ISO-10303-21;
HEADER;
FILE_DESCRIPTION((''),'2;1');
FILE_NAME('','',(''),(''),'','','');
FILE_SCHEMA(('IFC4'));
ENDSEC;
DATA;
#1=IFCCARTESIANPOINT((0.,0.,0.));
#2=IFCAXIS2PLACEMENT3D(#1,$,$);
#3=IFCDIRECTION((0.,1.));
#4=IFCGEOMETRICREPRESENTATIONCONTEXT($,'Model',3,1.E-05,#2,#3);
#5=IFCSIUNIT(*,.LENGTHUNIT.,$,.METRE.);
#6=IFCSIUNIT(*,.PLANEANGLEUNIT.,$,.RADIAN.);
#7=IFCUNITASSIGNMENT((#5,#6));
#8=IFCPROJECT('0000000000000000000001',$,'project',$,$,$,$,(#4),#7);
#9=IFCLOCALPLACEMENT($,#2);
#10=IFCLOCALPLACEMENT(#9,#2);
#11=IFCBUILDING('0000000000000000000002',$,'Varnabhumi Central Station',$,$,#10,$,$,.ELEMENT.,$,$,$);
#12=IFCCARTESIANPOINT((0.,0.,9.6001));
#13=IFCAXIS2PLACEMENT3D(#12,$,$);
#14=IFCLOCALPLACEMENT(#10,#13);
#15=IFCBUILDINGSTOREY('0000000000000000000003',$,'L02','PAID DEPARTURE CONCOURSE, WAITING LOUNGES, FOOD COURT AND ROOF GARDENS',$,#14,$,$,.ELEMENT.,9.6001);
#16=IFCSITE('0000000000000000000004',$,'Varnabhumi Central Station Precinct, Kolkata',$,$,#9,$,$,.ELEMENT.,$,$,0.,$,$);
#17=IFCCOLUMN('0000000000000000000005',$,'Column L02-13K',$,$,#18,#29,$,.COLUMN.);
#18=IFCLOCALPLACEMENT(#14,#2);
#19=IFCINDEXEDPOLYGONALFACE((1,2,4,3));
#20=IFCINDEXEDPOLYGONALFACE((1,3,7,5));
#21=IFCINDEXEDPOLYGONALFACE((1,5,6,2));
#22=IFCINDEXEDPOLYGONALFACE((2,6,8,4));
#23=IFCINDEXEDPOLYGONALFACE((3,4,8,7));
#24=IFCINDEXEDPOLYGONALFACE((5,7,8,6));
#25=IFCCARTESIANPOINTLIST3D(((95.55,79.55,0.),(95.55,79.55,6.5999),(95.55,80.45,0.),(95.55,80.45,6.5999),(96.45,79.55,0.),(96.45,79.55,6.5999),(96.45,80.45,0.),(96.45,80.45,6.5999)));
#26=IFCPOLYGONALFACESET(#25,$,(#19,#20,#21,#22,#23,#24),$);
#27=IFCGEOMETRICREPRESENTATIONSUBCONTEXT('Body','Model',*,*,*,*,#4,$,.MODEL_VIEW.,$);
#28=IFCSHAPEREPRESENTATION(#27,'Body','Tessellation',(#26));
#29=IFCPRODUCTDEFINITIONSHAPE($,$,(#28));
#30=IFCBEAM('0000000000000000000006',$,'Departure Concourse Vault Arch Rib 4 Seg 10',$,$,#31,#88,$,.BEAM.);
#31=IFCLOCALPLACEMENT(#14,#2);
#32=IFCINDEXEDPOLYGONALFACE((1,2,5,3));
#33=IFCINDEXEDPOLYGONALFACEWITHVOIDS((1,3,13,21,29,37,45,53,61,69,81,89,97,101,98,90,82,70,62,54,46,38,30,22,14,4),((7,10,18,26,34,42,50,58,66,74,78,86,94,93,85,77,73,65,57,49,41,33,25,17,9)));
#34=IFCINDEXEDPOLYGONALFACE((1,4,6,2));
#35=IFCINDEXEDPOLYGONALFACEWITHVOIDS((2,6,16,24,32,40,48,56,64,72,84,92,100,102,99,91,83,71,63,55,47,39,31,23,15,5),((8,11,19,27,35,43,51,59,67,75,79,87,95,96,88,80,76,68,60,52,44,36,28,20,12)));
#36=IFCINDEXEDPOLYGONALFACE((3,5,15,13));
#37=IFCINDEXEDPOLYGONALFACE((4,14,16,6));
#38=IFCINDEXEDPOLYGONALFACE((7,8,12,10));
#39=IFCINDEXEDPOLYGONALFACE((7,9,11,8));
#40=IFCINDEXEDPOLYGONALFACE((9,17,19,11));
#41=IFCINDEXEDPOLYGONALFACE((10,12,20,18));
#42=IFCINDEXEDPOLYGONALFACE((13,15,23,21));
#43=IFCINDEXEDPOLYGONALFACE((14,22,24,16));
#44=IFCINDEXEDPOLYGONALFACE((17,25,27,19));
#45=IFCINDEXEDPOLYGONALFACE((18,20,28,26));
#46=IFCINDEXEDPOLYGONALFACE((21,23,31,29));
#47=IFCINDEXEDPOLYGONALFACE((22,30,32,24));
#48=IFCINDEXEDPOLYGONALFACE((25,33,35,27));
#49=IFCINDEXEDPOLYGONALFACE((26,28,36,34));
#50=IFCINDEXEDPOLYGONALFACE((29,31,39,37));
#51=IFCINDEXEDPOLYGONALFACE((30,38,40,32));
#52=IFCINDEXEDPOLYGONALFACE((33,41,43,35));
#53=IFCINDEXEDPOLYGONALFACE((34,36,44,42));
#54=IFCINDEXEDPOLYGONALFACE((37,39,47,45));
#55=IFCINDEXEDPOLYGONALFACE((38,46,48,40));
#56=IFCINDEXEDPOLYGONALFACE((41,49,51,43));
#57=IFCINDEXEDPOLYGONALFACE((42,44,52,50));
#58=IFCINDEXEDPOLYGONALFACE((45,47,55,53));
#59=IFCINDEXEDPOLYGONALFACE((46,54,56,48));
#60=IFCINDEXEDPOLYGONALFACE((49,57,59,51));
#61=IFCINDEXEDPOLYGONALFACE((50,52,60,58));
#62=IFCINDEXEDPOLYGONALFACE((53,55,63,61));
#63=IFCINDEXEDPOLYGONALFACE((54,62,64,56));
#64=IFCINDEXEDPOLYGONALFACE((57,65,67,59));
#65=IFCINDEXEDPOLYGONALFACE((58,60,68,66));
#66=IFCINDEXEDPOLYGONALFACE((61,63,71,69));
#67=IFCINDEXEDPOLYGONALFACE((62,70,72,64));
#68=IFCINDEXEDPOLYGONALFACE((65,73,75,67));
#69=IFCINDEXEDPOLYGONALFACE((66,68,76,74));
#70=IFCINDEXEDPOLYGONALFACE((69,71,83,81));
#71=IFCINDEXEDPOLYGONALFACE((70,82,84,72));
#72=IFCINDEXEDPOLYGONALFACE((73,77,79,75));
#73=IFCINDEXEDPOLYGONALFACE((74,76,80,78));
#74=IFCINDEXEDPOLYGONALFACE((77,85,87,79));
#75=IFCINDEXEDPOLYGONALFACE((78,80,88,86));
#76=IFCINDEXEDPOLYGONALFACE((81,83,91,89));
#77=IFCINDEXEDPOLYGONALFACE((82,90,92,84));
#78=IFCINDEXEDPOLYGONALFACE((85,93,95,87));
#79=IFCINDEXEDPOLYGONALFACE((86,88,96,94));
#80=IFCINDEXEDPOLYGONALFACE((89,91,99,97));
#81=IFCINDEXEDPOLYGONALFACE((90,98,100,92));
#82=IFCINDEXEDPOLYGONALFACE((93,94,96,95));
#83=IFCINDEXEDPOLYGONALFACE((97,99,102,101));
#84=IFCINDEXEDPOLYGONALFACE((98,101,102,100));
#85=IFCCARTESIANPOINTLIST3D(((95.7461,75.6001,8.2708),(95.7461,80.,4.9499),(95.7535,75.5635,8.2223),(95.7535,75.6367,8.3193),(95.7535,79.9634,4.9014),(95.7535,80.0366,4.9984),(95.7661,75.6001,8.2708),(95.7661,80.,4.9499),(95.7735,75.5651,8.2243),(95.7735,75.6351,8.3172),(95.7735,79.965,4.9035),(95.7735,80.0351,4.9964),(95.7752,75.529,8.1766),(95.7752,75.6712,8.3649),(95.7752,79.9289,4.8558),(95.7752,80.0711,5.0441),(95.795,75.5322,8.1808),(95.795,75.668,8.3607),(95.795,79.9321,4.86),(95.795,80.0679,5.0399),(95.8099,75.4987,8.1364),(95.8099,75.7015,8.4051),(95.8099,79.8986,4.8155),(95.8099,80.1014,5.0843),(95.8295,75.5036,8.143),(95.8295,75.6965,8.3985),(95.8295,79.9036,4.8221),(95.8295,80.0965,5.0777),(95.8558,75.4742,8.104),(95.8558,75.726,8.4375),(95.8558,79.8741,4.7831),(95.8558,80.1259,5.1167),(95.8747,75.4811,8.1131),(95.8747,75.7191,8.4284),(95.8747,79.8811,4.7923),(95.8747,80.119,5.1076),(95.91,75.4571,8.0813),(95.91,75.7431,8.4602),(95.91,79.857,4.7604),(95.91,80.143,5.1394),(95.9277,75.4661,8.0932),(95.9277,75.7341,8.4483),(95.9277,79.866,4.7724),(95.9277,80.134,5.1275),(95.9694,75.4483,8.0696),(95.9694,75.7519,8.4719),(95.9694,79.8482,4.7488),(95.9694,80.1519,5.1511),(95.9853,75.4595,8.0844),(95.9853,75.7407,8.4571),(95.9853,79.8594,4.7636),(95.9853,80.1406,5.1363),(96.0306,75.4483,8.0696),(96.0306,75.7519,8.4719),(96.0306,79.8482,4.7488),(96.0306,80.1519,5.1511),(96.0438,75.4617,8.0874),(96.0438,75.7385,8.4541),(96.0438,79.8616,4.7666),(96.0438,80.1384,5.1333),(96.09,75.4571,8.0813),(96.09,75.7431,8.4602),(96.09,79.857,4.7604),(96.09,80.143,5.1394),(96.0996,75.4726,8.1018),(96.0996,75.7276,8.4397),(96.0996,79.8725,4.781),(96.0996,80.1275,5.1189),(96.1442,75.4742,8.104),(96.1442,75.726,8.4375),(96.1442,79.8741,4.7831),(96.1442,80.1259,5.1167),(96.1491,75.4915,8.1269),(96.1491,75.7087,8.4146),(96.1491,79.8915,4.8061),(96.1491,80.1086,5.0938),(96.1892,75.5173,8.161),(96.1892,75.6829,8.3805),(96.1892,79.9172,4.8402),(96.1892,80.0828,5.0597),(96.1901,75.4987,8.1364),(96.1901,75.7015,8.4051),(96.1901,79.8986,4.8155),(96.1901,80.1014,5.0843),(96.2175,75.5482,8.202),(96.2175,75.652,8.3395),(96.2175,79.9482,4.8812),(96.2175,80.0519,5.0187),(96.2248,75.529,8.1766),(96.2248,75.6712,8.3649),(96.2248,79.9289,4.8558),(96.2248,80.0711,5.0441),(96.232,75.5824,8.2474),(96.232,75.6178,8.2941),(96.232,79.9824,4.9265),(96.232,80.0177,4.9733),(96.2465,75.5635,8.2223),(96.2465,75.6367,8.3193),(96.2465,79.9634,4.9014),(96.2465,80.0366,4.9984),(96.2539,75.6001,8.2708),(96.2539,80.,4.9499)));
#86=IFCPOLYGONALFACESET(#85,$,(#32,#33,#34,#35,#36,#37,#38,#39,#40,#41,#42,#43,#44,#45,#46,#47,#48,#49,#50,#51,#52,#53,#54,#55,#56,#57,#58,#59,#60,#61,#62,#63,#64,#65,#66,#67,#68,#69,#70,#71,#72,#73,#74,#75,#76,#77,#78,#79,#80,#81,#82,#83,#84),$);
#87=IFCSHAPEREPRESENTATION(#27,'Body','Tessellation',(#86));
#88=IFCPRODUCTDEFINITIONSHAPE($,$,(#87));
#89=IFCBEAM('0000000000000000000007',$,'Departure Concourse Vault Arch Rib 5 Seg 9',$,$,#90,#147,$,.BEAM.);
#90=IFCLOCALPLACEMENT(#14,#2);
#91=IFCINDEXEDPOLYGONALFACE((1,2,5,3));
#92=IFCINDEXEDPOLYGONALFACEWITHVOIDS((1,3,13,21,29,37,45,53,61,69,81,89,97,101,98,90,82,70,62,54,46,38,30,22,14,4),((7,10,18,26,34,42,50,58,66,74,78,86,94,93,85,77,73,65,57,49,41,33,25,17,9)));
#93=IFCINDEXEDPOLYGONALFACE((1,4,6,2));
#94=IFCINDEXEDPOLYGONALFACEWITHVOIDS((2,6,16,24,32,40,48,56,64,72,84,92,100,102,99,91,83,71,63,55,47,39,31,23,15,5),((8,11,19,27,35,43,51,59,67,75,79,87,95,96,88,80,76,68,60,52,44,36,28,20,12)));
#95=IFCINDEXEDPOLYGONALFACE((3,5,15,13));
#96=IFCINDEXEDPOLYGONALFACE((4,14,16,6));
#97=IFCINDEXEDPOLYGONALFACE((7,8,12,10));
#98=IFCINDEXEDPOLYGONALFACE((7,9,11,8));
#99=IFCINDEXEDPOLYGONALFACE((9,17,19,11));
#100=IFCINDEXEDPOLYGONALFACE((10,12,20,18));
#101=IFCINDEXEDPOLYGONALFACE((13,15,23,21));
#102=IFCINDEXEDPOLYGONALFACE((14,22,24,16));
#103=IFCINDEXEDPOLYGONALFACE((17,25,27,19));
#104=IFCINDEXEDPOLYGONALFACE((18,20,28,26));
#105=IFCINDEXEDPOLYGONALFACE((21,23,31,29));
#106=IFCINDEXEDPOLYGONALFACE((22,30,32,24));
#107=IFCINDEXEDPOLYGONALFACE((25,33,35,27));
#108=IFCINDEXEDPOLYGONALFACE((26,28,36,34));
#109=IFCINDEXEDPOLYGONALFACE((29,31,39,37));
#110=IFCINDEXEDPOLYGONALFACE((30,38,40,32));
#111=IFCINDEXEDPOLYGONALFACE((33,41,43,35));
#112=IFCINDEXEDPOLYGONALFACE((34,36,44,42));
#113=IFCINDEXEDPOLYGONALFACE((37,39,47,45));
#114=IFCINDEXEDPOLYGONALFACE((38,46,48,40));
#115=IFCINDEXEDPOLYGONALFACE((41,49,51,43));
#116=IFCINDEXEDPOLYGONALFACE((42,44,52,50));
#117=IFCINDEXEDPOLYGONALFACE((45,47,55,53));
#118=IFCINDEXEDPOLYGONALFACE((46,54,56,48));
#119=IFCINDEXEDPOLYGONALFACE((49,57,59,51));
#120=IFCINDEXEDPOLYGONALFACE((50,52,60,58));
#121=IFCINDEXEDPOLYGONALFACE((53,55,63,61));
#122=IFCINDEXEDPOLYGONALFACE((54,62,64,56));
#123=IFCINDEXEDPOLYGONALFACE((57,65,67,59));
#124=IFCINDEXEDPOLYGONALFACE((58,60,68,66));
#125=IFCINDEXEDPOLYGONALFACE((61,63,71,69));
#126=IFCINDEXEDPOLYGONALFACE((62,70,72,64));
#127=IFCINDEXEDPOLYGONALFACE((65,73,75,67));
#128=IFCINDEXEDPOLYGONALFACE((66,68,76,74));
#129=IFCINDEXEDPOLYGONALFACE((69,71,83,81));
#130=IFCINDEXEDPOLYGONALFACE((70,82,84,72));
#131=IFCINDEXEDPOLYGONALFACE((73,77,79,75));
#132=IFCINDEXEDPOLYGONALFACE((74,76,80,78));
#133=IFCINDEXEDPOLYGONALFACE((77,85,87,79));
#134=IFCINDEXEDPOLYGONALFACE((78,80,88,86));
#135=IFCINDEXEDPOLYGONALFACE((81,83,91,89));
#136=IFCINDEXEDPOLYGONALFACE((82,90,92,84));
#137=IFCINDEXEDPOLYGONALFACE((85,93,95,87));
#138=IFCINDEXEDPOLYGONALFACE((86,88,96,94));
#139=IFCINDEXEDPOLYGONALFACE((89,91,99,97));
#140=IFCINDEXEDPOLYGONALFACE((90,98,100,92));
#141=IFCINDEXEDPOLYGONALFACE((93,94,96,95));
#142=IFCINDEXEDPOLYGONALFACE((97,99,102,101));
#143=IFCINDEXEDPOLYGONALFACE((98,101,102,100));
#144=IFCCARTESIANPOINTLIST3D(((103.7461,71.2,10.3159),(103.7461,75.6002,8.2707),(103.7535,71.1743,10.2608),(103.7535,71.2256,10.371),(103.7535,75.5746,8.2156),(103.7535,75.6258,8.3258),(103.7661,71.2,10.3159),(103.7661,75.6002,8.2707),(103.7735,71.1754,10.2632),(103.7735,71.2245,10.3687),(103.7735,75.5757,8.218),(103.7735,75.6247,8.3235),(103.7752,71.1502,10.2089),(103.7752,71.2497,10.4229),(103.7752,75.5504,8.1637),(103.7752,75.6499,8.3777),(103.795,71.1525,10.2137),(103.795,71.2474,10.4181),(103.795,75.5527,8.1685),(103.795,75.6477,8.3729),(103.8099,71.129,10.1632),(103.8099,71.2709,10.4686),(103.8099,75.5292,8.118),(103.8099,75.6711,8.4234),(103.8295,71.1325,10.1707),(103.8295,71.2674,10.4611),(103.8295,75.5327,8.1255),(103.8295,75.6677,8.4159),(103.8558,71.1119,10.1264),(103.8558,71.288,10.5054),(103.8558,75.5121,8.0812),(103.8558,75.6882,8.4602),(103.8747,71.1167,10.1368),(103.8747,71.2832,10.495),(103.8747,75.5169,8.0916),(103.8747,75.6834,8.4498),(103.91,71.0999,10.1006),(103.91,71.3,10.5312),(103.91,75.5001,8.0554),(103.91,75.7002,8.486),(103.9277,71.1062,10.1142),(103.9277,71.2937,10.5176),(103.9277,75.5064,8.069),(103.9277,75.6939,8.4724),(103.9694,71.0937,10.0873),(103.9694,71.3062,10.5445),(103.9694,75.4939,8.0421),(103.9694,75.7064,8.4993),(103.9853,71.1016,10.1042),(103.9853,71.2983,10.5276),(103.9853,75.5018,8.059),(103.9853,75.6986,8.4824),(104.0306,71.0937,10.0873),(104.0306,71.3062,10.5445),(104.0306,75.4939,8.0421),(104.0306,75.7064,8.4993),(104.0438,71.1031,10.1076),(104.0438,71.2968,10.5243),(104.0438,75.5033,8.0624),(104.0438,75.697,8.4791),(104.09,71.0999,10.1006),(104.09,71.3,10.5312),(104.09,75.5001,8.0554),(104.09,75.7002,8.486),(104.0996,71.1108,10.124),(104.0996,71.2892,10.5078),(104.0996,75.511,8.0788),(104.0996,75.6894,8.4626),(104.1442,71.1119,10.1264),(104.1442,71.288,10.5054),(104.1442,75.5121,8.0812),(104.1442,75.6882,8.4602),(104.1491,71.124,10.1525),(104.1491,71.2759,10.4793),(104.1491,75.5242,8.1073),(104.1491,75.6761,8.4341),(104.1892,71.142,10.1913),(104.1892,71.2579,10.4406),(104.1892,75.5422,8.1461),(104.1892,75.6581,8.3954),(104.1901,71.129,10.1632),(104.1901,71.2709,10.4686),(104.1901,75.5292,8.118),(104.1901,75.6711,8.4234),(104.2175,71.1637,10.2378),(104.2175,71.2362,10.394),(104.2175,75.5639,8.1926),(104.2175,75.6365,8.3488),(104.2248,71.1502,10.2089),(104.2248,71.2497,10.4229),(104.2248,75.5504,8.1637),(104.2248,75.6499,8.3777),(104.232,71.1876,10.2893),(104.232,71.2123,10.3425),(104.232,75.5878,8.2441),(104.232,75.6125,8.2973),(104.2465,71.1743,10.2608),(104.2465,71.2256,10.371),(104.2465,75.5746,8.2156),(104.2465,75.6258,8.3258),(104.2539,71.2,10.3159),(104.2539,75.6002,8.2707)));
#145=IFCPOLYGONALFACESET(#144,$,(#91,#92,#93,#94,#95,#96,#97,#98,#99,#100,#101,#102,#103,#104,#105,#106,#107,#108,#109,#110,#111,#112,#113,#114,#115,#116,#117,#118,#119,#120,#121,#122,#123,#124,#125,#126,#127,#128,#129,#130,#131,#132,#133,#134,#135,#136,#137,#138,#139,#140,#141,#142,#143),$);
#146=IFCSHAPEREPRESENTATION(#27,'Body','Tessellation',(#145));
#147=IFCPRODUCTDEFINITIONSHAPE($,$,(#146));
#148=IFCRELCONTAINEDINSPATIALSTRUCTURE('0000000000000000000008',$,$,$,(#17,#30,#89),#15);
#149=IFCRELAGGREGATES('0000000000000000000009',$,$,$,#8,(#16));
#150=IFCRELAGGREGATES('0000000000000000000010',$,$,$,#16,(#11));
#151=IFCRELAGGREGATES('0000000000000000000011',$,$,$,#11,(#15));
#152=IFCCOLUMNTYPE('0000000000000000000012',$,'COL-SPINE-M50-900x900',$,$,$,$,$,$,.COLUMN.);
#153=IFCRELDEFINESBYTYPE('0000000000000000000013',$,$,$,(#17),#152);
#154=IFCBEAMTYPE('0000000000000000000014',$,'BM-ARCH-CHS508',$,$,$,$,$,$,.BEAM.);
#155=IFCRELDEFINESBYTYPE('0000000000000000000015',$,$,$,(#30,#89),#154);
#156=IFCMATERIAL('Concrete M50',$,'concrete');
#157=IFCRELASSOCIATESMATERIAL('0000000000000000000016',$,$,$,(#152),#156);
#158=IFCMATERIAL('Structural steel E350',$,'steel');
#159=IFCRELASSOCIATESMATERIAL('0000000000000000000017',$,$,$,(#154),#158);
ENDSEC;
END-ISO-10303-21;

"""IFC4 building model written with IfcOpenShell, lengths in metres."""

from ifc_helpers import new_model, si_unit, direction, frame, origin, origin_2d, place, context, subcontext, project, spatial, rectangle, hollow_circle, extrude, material, material_profile, profile_set, type_object, element, save


model = new_model("IFC4")

# Units and contexts
model_context = context("Model", 3, precision=1e-05, world=origin(), true_north=direction((0.0, 1.0)))
body_context = subcontext(model_context, "Body", "Model", "MODEL_VIEW")
ifc_project = project(units=[si_unit("LENGTHUNIT", "METRE"), si_unit("PLANEANGLEUNIT", "RADIAN")], contexts=[model_context])

# Site, building, storey
site_placement = place(None, origin())
site = spatial("IfcSite", under=ifc_project, at=site_placement, Name="Varnabhumi Central Station Precinct, Kolkata", CompositionType="ELEMENT", RefElevation=0.0)
building_placement = place(site_placement, origin())
building = spatial("IfcBuilding", under=site, at=building_placement, Name="Varnabhumi Central Station", CompositionType="ELEMENT")
storey_placement = place(building_placement, frame((0.0, 0.0, 9.6001)))
storey = spatial("IfcBuildingStorey", under=building, at=storey_placement, Name="L02", Description="PAID DEPARTURE CONCOURSE, WAITING LOUNGES, FOOD COURT AND ROOF GARDENS", CompositionType="ELEMENT", Elevation=9.6001)

# Column
ifc_material_1 = material(Name="Concrete M50", Category="concrete")
ifc_material_profile_1 = material_profile(ifc_material_1, rectangle(XDim=0.8999, YDim=0.8999, at=origin_2d()), Name="Concrete M50", Category="concrete")
ifc_profile_set_1 = profile_set([ifc_material_profile_1], Name="Concrete M50")
column_type = type_object("IfcColumnType", Name="COL-SPINE-M50-900x900", PredefinedType="COLUMN", material=ifc_profile_set_1)
column_placement = place(storey_placement, frame((96.0, 80.0, 0.0), z_axis=(0.0, 0.0, 1.0), x_axis=(1.0, 0.0, 0.0)))
element("IfcColumn", 1, at=column_placement, inside=storey, type_object=column_type, Name="Column L02-13K", PredefinedType="COLUMN", context=body_context, shape_type="SweptSolid", body=[
    extrude(rectangle(XDim=0.8999, YDim=0.8999, at=origin_2d()), origin(), (0.0, 0.0, 1.0), 6.5999),
])

# Beams
ifc_material_2 = material(Name="Structural steel E350", Category="steel")
ifc_material_profile_2 = material_profile(ifc_material_2, hollow_circle(Radius=0.2539, WallThickness=0.02, at=origin_2d()), Name="Structural steel E350", Category="steel")
ifc_profile_set_2 = profile_set([ifc_material_profile_2], Name="Structural steel E350")
beam_type_1 = type_object("IfcBeamType", Name="BM-ARCH-CHS508", PredefinedType="BEAM", material=ifc_profile_set_2)
beam_1_placement = place(storey_placement, frame((96.0, 75.6001, 8.2708), z_axis=(0.0, 0.798179, -0.602421), x_axis=(-1.0, 0.0, 0.0)))
element("IfcBeam", 2, at=beam_1_placement, inside=storey, type_object=beam_type_1, Name="Departure Concourse Vault Arch Rib 4 Seg 10", PredefinedType="BEAM", context=body_context, shape_type="SweptSolid", body=[
    extrude(hollow_circle(Radius=0.2539, WallThickness=0.02, at=origin_2d()), origin(), (0.0, 0.0, 1.0), 5.5125),
])
beam_2_placement = place(storey_placement, frame((104.0, 71.2, 10.3159), z_axis=(0.0, 0.906832, -0.421491), x_axis=(-1.0, 0.0, 0.0)))
element("IfcBeam", 3, at=beam_2_placement, inside=storey, type_object=beam_type_1, Name="Departure Concourse Vault Arch Rib 5 Seg 9", PredefinedType="BEAM", context=body_context, shape_type="SweptSolid", body=[
    extrude(hollow_circle(Radius=0.2539, WallThickness=0.02, at=origin_2d()), origin(), (0.0, 0.0, 1.0), 4.8523),
])

save(model, "model.ifc")
